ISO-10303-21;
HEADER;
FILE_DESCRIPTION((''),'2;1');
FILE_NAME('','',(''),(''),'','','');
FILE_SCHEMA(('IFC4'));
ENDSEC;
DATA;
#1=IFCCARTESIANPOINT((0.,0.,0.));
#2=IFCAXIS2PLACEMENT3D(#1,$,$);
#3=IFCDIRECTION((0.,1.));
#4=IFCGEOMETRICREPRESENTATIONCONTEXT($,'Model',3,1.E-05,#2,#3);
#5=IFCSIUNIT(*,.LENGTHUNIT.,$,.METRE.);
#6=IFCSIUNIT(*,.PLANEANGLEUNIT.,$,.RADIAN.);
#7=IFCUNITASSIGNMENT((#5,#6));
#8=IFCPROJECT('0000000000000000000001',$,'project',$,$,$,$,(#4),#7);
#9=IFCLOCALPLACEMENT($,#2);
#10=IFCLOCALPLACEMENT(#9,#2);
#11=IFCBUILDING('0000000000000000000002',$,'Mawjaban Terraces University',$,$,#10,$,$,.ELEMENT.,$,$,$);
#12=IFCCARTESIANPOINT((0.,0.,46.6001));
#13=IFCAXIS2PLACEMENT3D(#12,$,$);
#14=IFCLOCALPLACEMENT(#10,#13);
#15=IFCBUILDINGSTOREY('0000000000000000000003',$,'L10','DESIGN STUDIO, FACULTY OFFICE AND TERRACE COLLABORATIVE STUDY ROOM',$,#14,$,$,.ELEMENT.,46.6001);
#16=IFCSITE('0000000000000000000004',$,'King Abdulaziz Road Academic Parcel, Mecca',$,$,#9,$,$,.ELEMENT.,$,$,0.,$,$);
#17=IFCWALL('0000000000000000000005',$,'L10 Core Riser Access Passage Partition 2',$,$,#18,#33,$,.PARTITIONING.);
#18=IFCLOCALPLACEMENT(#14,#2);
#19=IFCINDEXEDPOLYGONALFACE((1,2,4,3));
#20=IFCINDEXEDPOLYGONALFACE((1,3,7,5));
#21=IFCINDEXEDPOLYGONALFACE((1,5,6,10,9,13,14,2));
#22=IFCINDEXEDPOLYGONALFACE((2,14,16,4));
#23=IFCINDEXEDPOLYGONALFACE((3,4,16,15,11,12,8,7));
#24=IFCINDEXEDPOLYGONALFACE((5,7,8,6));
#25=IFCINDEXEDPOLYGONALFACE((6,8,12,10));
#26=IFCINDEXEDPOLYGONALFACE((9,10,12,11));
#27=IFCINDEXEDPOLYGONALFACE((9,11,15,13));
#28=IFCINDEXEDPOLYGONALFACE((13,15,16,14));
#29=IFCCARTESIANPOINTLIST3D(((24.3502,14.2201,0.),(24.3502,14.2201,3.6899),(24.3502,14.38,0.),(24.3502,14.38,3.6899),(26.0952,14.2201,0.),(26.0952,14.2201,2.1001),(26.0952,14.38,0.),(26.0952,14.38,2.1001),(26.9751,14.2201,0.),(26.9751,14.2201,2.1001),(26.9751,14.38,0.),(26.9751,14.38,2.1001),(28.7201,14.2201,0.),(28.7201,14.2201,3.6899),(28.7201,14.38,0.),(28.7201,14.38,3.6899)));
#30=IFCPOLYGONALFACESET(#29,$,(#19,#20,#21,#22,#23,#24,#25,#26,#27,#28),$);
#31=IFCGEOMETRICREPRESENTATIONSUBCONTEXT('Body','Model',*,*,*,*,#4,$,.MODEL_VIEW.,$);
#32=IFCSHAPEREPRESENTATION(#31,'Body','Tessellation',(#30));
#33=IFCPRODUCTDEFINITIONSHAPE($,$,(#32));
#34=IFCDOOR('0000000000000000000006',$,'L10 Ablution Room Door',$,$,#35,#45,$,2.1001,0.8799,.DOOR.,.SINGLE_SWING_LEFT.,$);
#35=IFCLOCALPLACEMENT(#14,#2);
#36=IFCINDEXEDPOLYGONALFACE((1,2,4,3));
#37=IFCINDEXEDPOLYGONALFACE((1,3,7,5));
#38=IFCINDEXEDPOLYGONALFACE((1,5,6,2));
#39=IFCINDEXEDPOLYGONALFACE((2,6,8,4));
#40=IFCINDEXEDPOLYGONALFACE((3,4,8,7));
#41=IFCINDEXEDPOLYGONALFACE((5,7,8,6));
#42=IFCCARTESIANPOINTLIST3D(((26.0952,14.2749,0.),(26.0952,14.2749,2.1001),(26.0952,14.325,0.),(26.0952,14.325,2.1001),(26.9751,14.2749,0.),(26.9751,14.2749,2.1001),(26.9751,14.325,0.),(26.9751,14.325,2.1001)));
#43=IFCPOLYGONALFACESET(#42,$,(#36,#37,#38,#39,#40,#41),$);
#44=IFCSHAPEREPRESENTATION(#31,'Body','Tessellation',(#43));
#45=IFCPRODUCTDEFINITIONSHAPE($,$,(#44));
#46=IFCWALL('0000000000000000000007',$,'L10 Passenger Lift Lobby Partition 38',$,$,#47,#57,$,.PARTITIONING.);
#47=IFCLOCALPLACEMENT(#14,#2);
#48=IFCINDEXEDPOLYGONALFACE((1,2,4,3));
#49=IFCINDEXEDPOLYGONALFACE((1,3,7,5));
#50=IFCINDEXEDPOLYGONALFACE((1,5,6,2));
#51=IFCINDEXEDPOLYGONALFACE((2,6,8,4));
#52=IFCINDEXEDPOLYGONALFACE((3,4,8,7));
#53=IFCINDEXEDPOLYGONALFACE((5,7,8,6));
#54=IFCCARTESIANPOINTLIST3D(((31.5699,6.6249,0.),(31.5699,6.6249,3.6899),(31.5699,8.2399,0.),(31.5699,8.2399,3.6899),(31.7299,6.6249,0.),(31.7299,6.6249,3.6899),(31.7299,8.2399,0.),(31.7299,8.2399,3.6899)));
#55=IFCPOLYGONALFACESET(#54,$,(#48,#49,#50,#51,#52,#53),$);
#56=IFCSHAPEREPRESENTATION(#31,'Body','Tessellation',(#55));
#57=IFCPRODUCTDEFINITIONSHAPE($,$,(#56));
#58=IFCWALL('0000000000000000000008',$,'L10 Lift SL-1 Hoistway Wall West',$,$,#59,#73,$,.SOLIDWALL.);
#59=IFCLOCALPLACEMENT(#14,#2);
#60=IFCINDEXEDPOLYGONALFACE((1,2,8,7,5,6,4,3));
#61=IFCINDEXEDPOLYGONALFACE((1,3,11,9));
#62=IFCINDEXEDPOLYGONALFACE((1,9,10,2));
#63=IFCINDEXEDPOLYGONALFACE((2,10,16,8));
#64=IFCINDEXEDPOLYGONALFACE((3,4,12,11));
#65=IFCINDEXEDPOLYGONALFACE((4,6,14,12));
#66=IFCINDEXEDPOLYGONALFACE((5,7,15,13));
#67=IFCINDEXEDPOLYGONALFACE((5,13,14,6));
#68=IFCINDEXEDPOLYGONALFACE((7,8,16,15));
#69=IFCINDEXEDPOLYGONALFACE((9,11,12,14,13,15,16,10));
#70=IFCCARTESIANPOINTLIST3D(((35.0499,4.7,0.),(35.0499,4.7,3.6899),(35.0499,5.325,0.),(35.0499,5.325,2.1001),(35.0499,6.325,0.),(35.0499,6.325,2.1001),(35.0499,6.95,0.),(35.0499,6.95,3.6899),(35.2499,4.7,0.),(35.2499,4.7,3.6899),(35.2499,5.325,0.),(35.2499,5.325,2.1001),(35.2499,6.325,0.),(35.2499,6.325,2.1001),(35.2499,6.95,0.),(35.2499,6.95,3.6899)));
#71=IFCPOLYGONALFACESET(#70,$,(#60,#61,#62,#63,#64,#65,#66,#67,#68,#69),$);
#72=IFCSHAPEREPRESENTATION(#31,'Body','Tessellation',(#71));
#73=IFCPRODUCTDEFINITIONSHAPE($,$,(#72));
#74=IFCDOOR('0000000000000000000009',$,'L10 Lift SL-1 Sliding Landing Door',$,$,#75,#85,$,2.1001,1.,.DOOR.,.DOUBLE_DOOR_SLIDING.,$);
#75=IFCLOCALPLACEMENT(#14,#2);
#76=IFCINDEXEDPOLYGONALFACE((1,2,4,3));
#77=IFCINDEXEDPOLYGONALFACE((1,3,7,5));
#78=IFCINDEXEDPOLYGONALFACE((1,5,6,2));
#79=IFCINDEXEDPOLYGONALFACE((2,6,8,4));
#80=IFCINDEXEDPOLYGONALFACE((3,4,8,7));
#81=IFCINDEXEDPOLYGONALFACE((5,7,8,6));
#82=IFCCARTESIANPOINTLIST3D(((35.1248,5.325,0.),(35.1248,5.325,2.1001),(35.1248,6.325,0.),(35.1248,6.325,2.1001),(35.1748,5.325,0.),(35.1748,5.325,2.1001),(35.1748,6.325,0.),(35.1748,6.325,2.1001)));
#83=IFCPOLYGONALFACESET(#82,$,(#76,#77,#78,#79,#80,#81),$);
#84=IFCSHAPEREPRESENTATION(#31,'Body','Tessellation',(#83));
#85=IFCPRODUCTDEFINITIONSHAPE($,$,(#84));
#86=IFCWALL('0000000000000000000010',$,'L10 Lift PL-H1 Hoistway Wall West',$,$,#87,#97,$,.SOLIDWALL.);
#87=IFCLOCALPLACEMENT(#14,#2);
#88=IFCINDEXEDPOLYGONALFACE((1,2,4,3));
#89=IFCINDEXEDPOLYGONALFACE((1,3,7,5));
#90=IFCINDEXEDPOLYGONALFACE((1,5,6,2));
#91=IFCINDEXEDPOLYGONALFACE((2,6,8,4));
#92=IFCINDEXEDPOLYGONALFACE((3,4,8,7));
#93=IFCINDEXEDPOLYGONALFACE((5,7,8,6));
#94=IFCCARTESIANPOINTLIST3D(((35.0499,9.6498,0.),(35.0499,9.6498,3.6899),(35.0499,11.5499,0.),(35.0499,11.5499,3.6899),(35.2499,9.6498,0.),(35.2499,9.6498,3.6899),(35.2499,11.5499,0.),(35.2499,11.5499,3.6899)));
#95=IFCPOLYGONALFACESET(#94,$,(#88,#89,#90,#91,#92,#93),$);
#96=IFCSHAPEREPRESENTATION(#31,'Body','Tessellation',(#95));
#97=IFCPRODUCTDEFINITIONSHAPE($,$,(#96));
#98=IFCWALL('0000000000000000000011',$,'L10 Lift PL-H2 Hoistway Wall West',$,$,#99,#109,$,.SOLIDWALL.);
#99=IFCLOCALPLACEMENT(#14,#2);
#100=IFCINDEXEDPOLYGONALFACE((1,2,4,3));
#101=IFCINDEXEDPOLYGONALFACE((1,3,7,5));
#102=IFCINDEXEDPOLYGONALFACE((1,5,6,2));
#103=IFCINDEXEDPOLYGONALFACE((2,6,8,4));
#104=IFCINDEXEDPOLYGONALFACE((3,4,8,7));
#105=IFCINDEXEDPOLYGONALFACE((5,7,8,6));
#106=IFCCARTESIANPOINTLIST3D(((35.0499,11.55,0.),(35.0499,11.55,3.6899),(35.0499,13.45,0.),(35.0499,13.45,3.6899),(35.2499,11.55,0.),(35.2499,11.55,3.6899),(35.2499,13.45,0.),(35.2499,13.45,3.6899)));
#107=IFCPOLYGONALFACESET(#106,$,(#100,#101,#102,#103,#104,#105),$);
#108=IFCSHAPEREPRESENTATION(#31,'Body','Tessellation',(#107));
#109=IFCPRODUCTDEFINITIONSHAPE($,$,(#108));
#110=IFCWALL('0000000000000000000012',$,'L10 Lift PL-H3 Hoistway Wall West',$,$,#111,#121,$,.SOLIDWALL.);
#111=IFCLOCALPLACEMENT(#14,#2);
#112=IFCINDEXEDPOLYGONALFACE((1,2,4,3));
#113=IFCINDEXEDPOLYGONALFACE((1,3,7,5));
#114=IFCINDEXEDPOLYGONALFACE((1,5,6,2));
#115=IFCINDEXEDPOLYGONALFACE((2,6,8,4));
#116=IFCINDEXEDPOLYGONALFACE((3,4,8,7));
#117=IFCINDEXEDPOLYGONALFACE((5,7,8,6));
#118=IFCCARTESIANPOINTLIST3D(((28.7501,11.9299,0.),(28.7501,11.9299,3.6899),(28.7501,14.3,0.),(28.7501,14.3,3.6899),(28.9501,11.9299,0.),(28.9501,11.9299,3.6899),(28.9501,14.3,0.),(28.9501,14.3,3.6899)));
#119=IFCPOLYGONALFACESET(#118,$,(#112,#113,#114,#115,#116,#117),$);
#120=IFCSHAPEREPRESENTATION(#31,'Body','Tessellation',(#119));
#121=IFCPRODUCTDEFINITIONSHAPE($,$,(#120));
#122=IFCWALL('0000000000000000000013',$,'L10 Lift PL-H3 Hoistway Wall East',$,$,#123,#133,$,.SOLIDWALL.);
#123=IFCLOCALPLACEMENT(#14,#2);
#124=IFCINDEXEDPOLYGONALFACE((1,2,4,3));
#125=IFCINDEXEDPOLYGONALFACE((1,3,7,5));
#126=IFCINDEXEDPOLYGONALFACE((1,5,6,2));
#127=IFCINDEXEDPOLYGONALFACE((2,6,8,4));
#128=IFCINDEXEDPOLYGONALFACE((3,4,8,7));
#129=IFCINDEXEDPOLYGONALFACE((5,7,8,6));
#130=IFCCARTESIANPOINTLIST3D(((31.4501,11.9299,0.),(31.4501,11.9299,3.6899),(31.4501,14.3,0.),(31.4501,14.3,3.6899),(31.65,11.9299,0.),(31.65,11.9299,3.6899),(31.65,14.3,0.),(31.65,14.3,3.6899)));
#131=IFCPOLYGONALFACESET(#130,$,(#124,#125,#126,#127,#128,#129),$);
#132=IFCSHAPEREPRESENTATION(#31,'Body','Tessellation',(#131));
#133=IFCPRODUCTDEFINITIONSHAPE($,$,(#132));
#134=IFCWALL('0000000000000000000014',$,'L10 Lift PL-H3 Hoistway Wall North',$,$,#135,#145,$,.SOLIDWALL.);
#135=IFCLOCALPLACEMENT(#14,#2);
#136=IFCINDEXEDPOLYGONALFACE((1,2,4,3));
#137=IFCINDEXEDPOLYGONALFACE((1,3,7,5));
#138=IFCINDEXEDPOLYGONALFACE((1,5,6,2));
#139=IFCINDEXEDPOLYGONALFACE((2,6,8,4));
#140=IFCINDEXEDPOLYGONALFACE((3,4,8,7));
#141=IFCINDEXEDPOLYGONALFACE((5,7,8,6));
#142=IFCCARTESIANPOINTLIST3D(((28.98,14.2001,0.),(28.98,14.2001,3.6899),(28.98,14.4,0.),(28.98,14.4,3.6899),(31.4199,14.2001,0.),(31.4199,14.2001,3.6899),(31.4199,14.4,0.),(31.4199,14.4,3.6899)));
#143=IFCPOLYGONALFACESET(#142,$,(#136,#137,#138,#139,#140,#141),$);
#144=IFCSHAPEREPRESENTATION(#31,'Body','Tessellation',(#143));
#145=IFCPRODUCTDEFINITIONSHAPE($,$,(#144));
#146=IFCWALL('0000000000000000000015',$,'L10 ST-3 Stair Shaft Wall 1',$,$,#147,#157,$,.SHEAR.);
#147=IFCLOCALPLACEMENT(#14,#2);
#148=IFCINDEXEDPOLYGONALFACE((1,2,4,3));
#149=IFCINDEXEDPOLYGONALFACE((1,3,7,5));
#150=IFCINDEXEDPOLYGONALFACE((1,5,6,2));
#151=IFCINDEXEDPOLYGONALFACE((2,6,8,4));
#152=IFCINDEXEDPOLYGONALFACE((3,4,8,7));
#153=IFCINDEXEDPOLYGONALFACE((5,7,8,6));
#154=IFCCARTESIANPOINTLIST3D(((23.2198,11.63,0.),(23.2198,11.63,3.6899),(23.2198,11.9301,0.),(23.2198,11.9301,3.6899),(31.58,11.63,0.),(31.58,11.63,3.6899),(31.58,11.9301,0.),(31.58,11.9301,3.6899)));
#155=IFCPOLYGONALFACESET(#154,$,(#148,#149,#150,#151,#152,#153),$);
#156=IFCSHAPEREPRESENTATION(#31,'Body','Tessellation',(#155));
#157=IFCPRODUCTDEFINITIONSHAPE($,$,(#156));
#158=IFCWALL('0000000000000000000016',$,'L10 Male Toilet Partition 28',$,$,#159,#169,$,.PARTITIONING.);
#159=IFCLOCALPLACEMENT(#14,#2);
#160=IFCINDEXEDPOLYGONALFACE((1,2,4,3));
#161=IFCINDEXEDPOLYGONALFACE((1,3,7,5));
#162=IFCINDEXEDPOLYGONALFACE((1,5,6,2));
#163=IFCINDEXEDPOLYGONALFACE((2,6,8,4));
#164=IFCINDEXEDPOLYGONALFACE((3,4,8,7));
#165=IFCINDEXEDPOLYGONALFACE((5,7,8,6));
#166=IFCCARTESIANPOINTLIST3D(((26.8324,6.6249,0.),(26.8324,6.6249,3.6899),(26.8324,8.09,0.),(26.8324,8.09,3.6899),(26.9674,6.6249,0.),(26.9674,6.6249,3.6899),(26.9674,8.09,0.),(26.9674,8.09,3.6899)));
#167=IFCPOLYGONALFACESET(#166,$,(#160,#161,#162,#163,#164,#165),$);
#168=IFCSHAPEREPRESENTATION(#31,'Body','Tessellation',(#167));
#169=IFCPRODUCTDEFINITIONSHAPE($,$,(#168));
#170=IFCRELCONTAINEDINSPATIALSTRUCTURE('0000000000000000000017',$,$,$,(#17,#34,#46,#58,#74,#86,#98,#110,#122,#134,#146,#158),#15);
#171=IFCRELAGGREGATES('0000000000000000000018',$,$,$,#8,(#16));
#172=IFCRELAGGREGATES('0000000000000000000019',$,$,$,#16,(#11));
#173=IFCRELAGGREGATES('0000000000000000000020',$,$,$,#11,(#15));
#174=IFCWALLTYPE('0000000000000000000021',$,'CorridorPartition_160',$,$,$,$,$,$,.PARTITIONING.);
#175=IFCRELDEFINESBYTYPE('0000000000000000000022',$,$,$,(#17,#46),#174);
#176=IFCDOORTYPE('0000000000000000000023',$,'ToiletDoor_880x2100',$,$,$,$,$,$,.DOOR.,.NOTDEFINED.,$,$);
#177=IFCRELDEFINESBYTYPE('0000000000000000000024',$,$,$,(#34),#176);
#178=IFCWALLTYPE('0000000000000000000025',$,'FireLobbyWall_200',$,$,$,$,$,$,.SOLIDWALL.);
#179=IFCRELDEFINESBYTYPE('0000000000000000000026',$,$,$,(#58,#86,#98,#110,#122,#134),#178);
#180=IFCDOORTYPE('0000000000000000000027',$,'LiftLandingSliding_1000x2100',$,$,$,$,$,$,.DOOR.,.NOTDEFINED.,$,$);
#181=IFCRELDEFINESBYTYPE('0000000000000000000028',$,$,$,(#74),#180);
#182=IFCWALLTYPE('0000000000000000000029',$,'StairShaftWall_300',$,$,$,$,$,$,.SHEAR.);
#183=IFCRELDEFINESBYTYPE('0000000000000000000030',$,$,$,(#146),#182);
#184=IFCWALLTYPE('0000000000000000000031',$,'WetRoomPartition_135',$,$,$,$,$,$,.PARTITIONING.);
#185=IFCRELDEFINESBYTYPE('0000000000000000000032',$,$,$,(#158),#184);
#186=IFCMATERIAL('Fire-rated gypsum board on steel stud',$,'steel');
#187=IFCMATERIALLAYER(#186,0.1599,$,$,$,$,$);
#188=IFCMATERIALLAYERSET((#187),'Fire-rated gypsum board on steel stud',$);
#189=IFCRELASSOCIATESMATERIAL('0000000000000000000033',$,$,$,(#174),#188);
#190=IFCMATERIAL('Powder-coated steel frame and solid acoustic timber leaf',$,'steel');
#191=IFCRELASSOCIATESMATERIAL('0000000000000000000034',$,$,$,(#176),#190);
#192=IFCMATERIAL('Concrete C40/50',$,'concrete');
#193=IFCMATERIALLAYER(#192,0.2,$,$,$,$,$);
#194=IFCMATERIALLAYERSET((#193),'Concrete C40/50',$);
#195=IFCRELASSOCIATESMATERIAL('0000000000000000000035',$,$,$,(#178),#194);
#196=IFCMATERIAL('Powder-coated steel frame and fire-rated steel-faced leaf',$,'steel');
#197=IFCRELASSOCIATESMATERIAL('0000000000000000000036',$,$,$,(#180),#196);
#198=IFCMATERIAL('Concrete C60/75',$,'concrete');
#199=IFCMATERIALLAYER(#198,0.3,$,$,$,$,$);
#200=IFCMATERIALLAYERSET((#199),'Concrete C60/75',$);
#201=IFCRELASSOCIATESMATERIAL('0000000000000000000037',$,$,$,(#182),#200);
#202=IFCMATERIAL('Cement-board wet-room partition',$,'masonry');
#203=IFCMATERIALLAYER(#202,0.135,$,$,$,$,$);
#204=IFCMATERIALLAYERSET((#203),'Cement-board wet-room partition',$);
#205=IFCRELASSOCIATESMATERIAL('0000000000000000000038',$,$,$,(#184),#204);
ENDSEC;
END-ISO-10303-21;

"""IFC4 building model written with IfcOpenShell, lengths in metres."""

from ifc_helpers import new_model, si_unit, direction, frame, frame_2d, origin, place, context, subcontext, project, spatial, rectangle, extrude, material, layer, layer_set, type_object, element, fill, save


model = new_model("IFC4")

# Units and contexts
model_context = context("Model", 3, precision=1e-05, world=origin(), true_north=direction((0.0, 1.0)))
body_context = subcontext(model_context, "Body", "Model", "MODEL_VIEW")
ifc_project = project(units=[si_unit("LENGTHUNIT", "METRE"), si_unit("PLANEANGLEUNIT", "RADIAN")], contexts=[model_context])

# Site, building, storey
site_placement = place(None, origin())
site = spatial("IfcSite", under=ifc_project, at=site_placement, Name="King Abdulaziz Road Academic Parcel, Mecca", CompositionType="ELEMENT", RefElevation=0.0)
building_placement = place(site_placement, origin())
building = spatial("IfcBuilding", under=site, at=building_placement, Name="Mawjaban Terraces University", CompositionType="ELEMENT")
storey_placement = place(building_placement, frame((0.0, 0.0, 46.6001)))
storey = spatial("IfcBuildingStorey", under=building, at=storey_placement, Name="L10", Description="DESIGN STUDIO, FACULTY OFFICE AND TERRACE COLLABORATIVE STUDY ROOM", CompositionType="ELEMENT", Elevation=46.6001)

# Wall, opening, door
ifc_material_1 = material(Name="Fire-rated gypsum board on steel stud", Category="steel")
ifc_layer_1 = layer(ifc_material_1, 0.1599)
ifc_layer_set_1 = layer_set([ifc_layer_1], Name="Fire-rated gypsum board on steel stud")
wall_type_1 = type_object("IfcWallType", Name="CorridorPartition_160", PredefinedType="PARTITIONING", material=ifc_layer_set_1)
wall_1_placement = place(storey_placement, frame((24.3501, 14.3, 0.0), z_axis=(0.0, 0.0, 1.0), x_axis=(1.0, 0.0, 0.0)))
wall_1 = element("IfcWall", 1, at=wall_1_placement, inside=storey, type_object=wall_type_1, Name="L10 Core Riser Access Passage Partition 2", PredefinedType="PARTITIONING", context=body_context, shape_type="SweptSolid", body=[
    extrude(rectangle(XDim=4.3699, YDim=0.1599, at=frame_2d((2.1851, 0.0))), origin(), (0.0, 0.0, 1.0), 3.6899),
])
opening_1_placement = place(wall_1_placement, frame((1.7451, 0.0, 0.0)))
opening_1 = element("IfcOpeningElement", 2, at=opening_1_placement, cuts=wall_1, PredefinedType="OPENING", context=body_context, shape_type="SweptSolid", body=[
    extrude(rectangle(XDim=0.8799, YDim=2.1001, at=frame_2d((0.4399, 1.05))), frame((0.0, 0.0898, 0.0), z_axis=(0.0, -1.0, 0.0), x_axis=(1.0, 0.0, 0.0)), (0.0, 0.0, 1.0), 0.1799),
])
ifc_material_2 = material(Name="Powder-coated steel frame and solid acoustic timber leaf", Category="steel")
door_type_1 = type_object("IfcDoorType", Name="ToiletDoor_880x2100", OperationType="NOTDEFINED", PredefinedType="DOOR", material=ifc_material_2)
door_1_placement = place(opening_1_placement, origin())
door_1 = element("IfcDoor", 3, at=door_1_placement, inside=storey, type_object=door_type_1, Name="L10 Ablution Room Door", OperationType="SINGLE_SWING_LEFT", OverallHeight=2.1001, OverallWidth=0.8799, PredefinedType="DOOR", context=body_context, shape_type="SweptSolid", body=[
    extrude(rectangle(XDim=0.8799, YDim=2.1001, at=frame_2d((0.4399, 1.05))), frame((0.0, 0.0249, 0.0), z_axis=(0.0, -1.0, 0.0), x_axis=(1.0, 0.0, 0.0)), (0.0, 0.0, 1.0), 0.05),
])
fill(opening_1, door_1)

# Wall
wall_2_placement = place(storey_placement, frame((31.6499, 8.24, 0.0), z_axis=(0.0, 0.0, 1.0), x_axis=(0.0, -1.0, 0.0)))
element("IfcWall", 4, at=wall_2_placement, inside=storey, type_object=wall_type_1, Name="L10 Passenger Lift Lobby Partition 38", PredefinedType="PARTITIONING", context=body_context, shape_type="SweptSolid", body=[
    extrude(rectangle(XDim=1.615, YDim=0.1599, at=frame_2d((0.8076, 0.0))), origin(), (0.0, 0.0, 1.0), 3.6899),
])

# Wall, opening, door
ifc_material_3 = material(Name="Concrete C40/50", Category="concrete")
ifc_layer_2 = layer(ifc_material_3, 0.2)
ifc_layer_set_2 = layer_set([ifc_layer_2], Name="Concrete C40/50")
wall_type_2 = type_object("IfcWallType", Name="FireLobbyWall_200", PredefinedType="SOLIDWALL", material=ifc_layer_set_2)
wall_3_placement = place(storey_placement, frame((35.1499, 6.95, 0.0), z_axis=(0.0, 0.0, 1.0), x_axis=(0.0, -1.0, 0.0)))
wall_3 = element("IfcWall", 5, at=wall_3_placement, inside=storey, type_object=wall_type_2, Name="L10 Lift SL-1 Hoistway Wall West", PredefinedType="SOLIDWALL", context=body_context, shape_type="SweptSolid", body=[
    extrude(rectangle(XDim=2.25, YDim=0.2, at=frame_2d((1.125, 0.0))), origin(), (0.0, 0.0, 1.0), 3.6899),
])
opening_2_placement = place(wall_3_placement, frame((0.625, 0.0, 0.0)))
opening_2 = element("IfcOpeningElement", 6, at=opening_2_placement, cuts=wall_3, PredefinedType="OPENING", context=body_context, shape_type="SweptSolid", body=[
    extrude(rectangle(XDim=1.0, YDim=2.1001, at=frame_2d((0.5, 1.05))), frame((0.0, 0.1099, 0.0), z_axis=(0.0, -1.0, 0.0), x_axis=(1.0, 0.0, 0.0)), (0.0, 0.0, 1.0), 0.22),
])
ifc_material_4 = material(Name="Powder-coated steel frame and fire-rated steel-faced leaf", Category="steel")
door_type_2 = type_object("IfcDoorType", Name="LiftLandingSliding_1000x2100", OperationType="NOTDEFINED", PredefinedType="DOOR", material=ifc_material_4)
door_2_placement = place(opening_2_placement, origin())
door_2 = element("IfcDoor", 7, at=door_2_placement, inside=storey, type_object=door_type_2, Name="L10 Lift SL-1 Sliding Landing Door", OperationType="DOUBLE_DOOR_SLIDING", OverallHeight=2.1001, OverallWidth=1.0, PredefinedType="DOOR", context=body_context, shape_type="SweptSolid", body=[
    extrude(rectangle(XDim=1.0, YDim=2.1001, at=frame_2d((0.5, 1.05))), frame((0.0, 0.0249, 0.0), z_axis=(0.0, -1.0, 0.0), x_axis=(1.0, 0.0, 0.0)), (0.0, 0.0, 1.0), 0.05),
])
fill(opening_2, door_2)

# Walls
wall_4_placement = place(storey_placement, frame((35.1499, 11.55, 0.0), z_axis=(0.0, 0.0, 1.0), x_axis=(0.0, -1.0, 0.0)))
element("IfcWall", 8, at=wall_4_placement, inside=storey, type_object=wall_type_2, Name="L10 Lift PL-H1 Hoistway Wall West", PredefinedType="SOLIDWALL", context=body_context, shape_type="SweptSolid", body=[
    extrude(rectangle(XDim=1.9001, YDim=0.2, at=frame_2d((0.9502, 0.0))), origin(), (0.0, 0.0, 1.0), 3.6899),
])
wall_5_placement = place(storey_placement, frame((35.1499, 13.45, 0.0), z_axis=(0.0, 0.0, 1.0), x_axis=(0.0, -1.0, 0.0)))
element("IfcWall", 9, at=wall_5_placement, inside=storey, type_object=wall_type_2, Name="L10 Lift PL-H2 Hoistway Wall West", PredefinedType="SOLIDWALL", context=body_context, shape_type="SweptSolid", body=[
    extrude(rectangle(XDim=1.8999, YDim=0.2, at=frame_2d((0.95, 0.0))), origin(), (0.0, 0.0, 1.0), 3.6899),
])
for number, where, z_axis, x_axis, name in (
    (10, (28.8501, 14.3, 0.0), (0.0, 0.0, 1.0), (0.0, -1.0, 0.0), "L10 Lift PL-H3 Hoistway Wall West"),
    (11, (31.55, 11.9299, 0.0), (0.0, 0.0, 1.0), (0.0, 1.0, 0.0), "L10 Lift PL-H3 Hoistway Wall East"),
):
    element("IfcWall", number, at=place(storey_placement, frame(where, z_axis=z_axis, x_axis=x_axis)), inside=storey, type_object=wall_type_2, Name=name, PredefinedType="SOLIDWALL", context=body_context, shape_type="SweptSolid", body=[
        extrude(rectangle(XDim=2.3701, YDim=0.2, at=frame_2d((1.1851, 0.0))), origin(), (0.0, 0.0, 1.0), 3.6899),
    ])
wall_6_placement = place(storey_placement, frame((31.4199, 14.3, 0.0), z_axis=(0.0, 0.0, 1.0), x_axis=(-1.0, 0.0, 0.0)))
element("IfcWall", 12, at=wall_6_placement, inside=storey, type_object=wall_type_2, Name="L10 Lift PL-H3 Hoistway Wall North", PredefinedType="SOLIDWALL", context=body_context, shape_type="SweptSolid", body=[
    extrude(rectangle(XDim=2.4399, YDim=0.2, at=frame_2d((1.22, 0.0))), origin(), (0.0, 0.0, 1.0), 3.6899),
])
ifc_material_5 = material(Name="Concrete C60/75", Category="concrete")
ifc_layer_3 = layer(ifc_material_5, 0.3)
ifc_layer_set_3 = layer_set([ifc_layer_3], Name="Concrete C60/75")
wall_type_3 = type_object("IfcWallType", Name="StairShaftWall_300", PredefinedType="SHEAR", material=ifc_layer_set_3)
wall_7_placement = place(storey_placement, frame((31.5801, 11.78, 0.0), z_axis=(0.0, 0.0, 1.0), x_axis=(-1.0, 0.0, 0.0)))
element("IfcWall", 13, at=wall_7_placement, inside=storey, type_object=wall_type_3, Name="L10 ST-3 Stair Shaft Wall 1", PredefinedType="SHEAR", context=body_context, shape_type="SweptSolid", body=[
    extrude(rectangle(XDim=8.3601, YDim=0.3, at=frame_2d((4.1802, 0.0))), origin(), (0.0, 0.0, 1.0), 3.6899),
])

# Wall
ifc_material_6 = material(Name="Cement-board wet-room partition", Category="masonry")
ifc_layer_4 = layer(ifc_material_6, 0.135)
ifc_layer_set_4 = layer_set([ifc_layer_4], Name="Cement-board wet-room partition")
wall_type_4 = type_object("IfcWallType", Name="WetRoomPartition_135", PredefinedType="PARTITIONING", material=ifc_layer_set_4)
wall_8_placement = place(storey_placement, frame((26.8999, 6.625, 0.0), z_axis=(0.0, 0.0, 1.0), x_axis=(0.0, 1.0, 0.0)))
element("IfcWall", 14, at=wall_8_placement, inside=storey, type_object=wall_type_4, Name="L10 Male Toilet Partition 28", PredefinedType="PARTITIONING", context=body_context, shape_type="SweptSolid", body=[
    extrude(rectangle(XDim=1.4651, YDim=0.135, at=frame_2d((0.7324, 0.0))), origin(), (0.0, 0.0, 1.0), 3.6899),
])

save(model, "model.ifc")
